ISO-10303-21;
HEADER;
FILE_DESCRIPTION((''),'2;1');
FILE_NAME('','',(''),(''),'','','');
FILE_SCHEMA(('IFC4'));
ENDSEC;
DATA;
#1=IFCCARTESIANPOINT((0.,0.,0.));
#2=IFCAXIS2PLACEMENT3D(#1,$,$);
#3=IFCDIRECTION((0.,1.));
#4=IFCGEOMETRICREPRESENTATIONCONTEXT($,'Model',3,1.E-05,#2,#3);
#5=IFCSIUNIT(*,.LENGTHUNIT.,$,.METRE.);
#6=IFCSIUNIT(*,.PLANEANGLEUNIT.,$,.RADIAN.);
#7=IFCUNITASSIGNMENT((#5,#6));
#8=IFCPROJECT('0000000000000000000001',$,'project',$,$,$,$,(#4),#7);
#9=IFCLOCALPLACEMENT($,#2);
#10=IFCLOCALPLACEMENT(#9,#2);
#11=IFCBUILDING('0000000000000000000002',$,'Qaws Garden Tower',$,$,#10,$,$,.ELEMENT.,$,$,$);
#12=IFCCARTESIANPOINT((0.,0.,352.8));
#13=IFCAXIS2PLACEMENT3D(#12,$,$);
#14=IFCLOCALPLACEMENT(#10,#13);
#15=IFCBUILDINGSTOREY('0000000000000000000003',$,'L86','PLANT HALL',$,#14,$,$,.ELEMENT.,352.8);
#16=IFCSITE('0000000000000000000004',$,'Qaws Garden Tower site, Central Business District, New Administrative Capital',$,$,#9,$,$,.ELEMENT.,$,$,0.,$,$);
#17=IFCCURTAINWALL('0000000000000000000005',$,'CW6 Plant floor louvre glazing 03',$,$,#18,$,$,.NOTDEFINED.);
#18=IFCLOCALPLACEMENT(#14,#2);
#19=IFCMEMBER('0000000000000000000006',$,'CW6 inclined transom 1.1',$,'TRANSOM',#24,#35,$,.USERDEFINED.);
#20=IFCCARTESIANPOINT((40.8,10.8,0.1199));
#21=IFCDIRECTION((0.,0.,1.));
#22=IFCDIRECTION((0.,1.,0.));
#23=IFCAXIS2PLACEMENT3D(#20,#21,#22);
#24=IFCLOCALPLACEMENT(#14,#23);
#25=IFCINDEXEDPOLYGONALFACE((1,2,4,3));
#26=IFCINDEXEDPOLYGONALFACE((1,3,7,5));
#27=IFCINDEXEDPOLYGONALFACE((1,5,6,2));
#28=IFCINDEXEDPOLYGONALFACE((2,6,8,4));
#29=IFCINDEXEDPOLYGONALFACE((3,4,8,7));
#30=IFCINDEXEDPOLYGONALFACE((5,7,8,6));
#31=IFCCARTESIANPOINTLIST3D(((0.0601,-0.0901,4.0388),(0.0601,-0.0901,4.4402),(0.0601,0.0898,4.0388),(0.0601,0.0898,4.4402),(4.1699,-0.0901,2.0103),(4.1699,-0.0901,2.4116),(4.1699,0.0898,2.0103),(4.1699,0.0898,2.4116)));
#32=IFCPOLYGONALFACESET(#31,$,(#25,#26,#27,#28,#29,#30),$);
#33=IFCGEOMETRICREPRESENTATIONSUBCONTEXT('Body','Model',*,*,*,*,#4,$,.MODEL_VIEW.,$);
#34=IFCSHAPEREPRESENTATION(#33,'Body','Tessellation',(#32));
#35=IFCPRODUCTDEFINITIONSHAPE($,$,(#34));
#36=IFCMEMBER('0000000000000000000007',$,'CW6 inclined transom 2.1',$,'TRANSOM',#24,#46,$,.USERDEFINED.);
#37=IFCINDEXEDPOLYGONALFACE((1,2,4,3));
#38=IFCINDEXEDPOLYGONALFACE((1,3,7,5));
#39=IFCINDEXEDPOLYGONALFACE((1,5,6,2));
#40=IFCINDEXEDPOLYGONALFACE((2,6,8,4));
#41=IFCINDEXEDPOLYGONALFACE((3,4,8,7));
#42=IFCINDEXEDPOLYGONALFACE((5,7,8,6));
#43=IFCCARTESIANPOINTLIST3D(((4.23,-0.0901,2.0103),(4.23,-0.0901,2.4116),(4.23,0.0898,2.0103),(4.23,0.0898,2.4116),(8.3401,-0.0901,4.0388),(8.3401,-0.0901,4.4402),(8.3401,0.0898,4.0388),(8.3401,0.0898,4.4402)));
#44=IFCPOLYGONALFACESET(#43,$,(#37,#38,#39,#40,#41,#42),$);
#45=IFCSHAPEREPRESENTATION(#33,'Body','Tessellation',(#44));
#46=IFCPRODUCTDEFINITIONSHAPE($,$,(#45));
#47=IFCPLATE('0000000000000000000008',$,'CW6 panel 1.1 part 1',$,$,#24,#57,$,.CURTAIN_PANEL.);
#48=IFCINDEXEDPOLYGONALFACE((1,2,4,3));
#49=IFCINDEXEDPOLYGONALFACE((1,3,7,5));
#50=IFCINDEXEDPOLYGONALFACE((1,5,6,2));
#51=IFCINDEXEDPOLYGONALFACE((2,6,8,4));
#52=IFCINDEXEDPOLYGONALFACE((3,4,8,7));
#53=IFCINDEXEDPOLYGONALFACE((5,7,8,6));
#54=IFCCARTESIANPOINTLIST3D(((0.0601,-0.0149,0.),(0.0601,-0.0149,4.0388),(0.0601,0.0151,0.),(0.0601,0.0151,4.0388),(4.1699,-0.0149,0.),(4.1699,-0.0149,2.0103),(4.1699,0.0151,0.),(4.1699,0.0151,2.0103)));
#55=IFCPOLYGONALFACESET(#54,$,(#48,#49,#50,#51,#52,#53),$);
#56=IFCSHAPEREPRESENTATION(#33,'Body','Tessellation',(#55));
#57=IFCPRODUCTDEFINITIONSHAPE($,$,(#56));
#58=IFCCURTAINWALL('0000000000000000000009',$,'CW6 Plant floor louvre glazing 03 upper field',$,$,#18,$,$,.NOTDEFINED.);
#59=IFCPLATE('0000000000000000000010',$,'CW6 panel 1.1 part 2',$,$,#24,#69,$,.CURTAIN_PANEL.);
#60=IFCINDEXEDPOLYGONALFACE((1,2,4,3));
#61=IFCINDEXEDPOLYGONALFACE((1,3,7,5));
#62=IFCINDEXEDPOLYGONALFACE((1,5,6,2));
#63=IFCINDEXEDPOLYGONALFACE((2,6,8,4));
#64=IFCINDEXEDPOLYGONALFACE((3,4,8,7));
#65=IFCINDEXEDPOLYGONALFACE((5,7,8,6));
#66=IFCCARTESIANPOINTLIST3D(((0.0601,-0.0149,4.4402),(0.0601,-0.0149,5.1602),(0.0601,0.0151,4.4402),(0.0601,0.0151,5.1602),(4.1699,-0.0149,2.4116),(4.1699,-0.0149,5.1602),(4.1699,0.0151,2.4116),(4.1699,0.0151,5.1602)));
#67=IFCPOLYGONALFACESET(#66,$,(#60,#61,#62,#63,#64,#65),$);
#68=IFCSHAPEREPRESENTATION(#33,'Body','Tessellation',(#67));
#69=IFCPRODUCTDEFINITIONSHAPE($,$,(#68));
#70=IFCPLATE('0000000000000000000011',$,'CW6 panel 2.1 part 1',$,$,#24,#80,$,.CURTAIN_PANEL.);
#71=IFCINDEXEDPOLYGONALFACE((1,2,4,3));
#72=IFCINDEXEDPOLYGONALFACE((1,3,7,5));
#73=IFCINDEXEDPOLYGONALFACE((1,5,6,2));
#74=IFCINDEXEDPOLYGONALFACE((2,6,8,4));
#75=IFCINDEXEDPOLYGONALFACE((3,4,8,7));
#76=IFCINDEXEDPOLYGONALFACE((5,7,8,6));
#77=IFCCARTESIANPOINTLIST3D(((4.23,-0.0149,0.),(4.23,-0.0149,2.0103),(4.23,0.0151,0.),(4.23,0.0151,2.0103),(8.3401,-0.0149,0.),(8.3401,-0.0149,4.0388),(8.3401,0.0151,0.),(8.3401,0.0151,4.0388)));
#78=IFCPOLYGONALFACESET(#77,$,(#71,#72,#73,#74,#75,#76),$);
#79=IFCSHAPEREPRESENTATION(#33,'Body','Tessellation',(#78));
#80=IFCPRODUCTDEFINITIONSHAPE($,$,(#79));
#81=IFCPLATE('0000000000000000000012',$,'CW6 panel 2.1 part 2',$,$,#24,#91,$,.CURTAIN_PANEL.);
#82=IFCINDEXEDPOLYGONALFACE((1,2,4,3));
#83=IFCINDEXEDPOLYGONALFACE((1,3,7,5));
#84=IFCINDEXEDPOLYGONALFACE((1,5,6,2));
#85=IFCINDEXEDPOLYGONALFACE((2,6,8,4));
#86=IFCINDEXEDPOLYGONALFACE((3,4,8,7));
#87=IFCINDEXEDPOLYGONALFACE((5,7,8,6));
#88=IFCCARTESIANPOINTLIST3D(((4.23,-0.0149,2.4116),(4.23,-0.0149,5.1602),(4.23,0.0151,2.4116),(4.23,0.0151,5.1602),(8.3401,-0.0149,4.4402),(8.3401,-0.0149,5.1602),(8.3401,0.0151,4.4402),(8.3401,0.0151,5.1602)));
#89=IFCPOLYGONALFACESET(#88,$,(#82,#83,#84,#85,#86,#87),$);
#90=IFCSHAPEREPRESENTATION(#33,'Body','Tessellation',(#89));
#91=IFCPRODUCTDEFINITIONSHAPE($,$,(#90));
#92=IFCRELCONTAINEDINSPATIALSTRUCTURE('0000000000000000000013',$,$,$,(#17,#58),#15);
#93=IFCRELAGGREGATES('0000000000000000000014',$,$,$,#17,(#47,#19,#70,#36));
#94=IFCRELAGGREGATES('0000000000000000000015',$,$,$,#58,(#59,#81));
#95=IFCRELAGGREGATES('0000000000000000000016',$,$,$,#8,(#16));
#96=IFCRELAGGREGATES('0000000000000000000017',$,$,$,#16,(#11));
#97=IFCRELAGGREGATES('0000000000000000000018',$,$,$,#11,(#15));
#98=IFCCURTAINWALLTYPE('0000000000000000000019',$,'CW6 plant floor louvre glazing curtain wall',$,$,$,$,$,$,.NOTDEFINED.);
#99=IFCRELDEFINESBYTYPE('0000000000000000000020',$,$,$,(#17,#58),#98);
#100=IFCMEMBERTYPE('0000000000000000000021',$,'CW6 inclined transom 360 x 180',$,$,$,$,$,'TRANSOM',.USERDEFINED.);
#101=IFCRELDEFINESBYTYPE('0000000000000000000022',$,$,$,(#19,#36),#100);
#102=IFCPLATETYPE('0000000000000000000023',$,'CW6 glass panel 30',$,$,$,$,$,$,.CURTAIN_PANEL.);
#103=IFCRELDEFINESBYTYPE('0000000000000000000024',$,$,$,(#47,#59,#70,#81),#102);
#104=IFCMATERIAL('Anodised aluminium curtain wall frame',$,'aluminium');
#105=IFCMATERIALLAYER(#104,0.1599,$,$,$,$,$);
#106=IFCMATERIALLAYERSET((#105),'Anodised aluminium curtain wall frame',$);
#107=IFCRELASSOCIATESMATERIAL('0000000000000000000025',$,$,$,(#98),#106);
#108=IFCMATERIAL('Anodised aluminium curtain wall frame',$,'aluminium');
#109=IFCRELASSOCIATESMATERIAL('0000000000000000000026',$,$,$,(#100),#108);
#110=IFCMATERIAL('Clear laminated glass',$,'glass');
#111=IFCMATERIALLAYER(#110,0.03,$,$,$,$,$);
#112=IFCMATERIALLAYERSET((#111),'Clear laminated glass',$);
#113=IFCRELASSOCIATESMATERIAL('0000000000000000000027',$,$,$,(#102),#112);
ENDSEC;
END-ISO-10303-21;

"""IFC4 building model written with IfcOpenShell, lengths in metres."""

from ifc_helpers import new_model, si_unit, direction, frame, origin, origin_2d, place, context, subcontext, project, spatial, polyline, rectangle, outline, extrude, material, layer, layer_set, material_profile, profile_set, type_object, element, aggregate, save


model = new_model("IFC4")

# Units and contexts
model_context = context("Model", 3, precision=1e-05, world=origin(), true_north=direction((0.0, 1.0)))
body_context = subcontext(model_context, "Body", "Model", "MODEL_VIEW")
ifc_project = project(units=[si_unit("LENGTHUNIT", "METRE"), si_unit("PLANEANGLEUNIT", "RADIAN")], contexts=[model_context])

# Site, building, storey
site_placement = place(None, origin())
site = spatial("IfcSite", under=ifc_project, at=site_placement, Name="Qaws Garden Tower site, Central Business District, New Administrative Capital", CompositionType="ELEMENT", RefElevation=0.0)
building_placement = place(site_placement, origin())
building = spatial("IfcBuilding", under=site, at=building_placement, Name="Qaws Garden Tower", CompositionType="ELEMENT")
storey_placement = place(building_placement, frame((0.0, 0.0, 352.8)))
storey = spatial("IfcBuildingStorey", under=building, at=storey_placement, Name="L86", Description="PLANT HALL", CompositionType="ELEMENT", Elevation=352.8)

# Curtain wall, members
ifc_material_1 = material(Name="Anodised aluminium curtain wall frame", Category="aluminium")
ifc_layer_1 = layer(ifc_material_1, 0.1599)
ifc_layer_set_1 = layer_set([ifc_layer_1], Name="Anodised aluminium curtain wall frame")
curtain_wall_type = type_object("IfcCurtainWallType", Name="CW6 plant floor louvre glazing curtain wall", PredefinedType="NOTDEFINED", material=ifc_layer_set_1)
placement_1 = place(storey_placement, origin())
curtain_wall_1 = element("IfcCurtainWall", 1, at=placement_1, inside=storey, type_object=curtain_wall_type, Name="CW6 Plant floor louvre glazing 03", PredefinedType="NOTDEFINED")
ifc_material_2 = material(Name="Anodised aluminium curtain wall frame", Category="aluminium")
ifc_material_profile_1 = material_profile(ifc_material_2, rectangle(XDim=0.1799, YDim=0.3601, at=origin_2d()), Name="AL 180x360")
ifc_profile_set_1 = profile_set([ifc_material_profile_1], Name="Anodised aluminium curtain wall frame")
member_type_1 = type_object("IfcMemberType", Name="CW6 inclined transom 360 x 180", ElementType="TRANSOM", PredefinedType="USERDEFINED", material=ifc_profile_set_1)
placement_2 = place(storey_placement, frame((40.8, 10.8, 0.1199), z_axis=(0.0, 0.0, 1.0), x_axis=(0.0, 1.0, 0.0)))
member_1 = element("IfcMember", 2, at=placement_2, type_object=member_type_1, Name="CW6 inclined transom 1.1", ObjectType="TRANSOM", PredefinedType="USERDEFINED", context=body_context, shape_type="SweptSolid", body=[
    extrude(outline(polyline([(0.0601, 4.0388), (4.1699, 2.0103), (4.1699, 2.4116), (0.0601, 4.4402), (0.0601, 4.0388)])), frame((0.0, 0.0898, 0.0), z_axis=(0.0, -1.0, 0.0), x_axis=(1.0, 0.0, 0.0)), (0.0, 0.0, 1.0), 0.1799),
])
member_2 = element("IfcMember", 3, at=placement_2, type_object=member_type_1, Name="CW6 inclined transom 2.1", ObjectType="TRANSOM", PredefinedType="USERDEFINED", context=body_context, shape_type="SweptSolid", body=[
    extrude(outline(polyline([(4.23, 2.0103), (8.3401, 4.0388), (8.3401, 4.4402), (4.23, 2.4116), (4.23, 2.0103)])), frame((0.0, 0.0898, 0.0), z_axis=(0.0, -1.0, 0.0), x_axis=(1.0, 0.0, 0.0)), (0.0, 0.0, 1.0), 0.1799),
])

# Plate
ifc_material_3 = material(Name="Clear laminated glass", Category="glass")
ifc_layer_2 = layer(ifc_material_3, 0.03)
ifc_layer_set_2 = layer_set([ifc_layer_2], Name="Clear laminated glass")
plate_type = type_object("IfcPlateType", Name="CW6 glass panel 30", PredefinedType="CURTAIN_PANEL", material=ifc_layer_set_2)
plate_1 = element("IfcPlate", 4, at=placement_2, type_object=plate_type, Name="CW6 panel 1.1 part 1", PredefinedType="CURTAIN_PANEL", context=body_context, shape_type="SweptSolid", body=[
    extrude(outline(polyline([(4.1699, 0.0), (4.1699, 2.0103), (0.0601, 4.0388), (0.0601, 0.0), (4.1699, 0.0)])), frame((0.0, 0.0151, 0.0), z_axis=(0.0, -1.0, 0.0), x_axis=(1.0, 0.0, 0.0)), (0.0, 0.0, 1.0), 0.03),
])

# Curtain wall, plate
curtain_wall_2 = element("IfcCurtainWall", 5, at=placement_1, inside=storey, type_object=curtain_wall_type, Name="CW6 Plant floor louvre glazing 03 upper field", PredefinedType="NOTDEFINED")
plate_2 = element("IfcPlate", 6, at=placement_2, type_object=plate_type, Name="CW6 panel 1.1 part 2", PredefinedType="CURTAIN_PANEL", context=body_context, shape_type="SweptSolid", body=[
    extrude(outline(polyline([(0.0601, 5.1602), (0.0601, 4.4402), (4.1699, 2.4116), (4.1699, 5.1602), (0.0601, 5.1602)])), frame((0.0, 0.0151, 0.0), z_axis=(0.0, -1.0, 0.0), x_axis=(1.0, 0.0, 0.0)), (0.0, 0.0, 1.0), 0.03),
])

# Plates
plate_3 = element("IfcPlate", 7, at=placement_2, type_object=plate_type, Name="CW6 panel 2.1 part 1", PredefinedType="CURTAIN_PANEL", context=body_context, shape_type="SweptSolid", body=[
    extrude(outline(polyline([(8.3401, 0.0), (8.3401, 4.0388), (4.23, 2.0103), (4.23, 0.0), (8.3401, 0.0)])), frame((0.0, 0.0151, 0.0), z_axis=(0.0, -1.0, 0.0), x_axis=(1.0, 0.0, 0.0)), (0.0, 0.0, 1.0), 0.03),
])
aggregate(curtain_wall_1, [plate_1, member_1, plate_3, member_2])
plate_4 = element("IfcPlate", 8, at=placement_2, type_object=plate_type, Name="CW6 panel 2.1 part 2", PredefinedType="CURTAIN_PANEL", context=body_context, shape_type="SweptSolid", body=[
    extrude(outline(polyline([(4.23, 5.1602), (4.23, 2.4116), (8.3401, 4.4402), (8.3401, 5.1602), (4.23, 5.1602)])), frame((0.0, 0.0151, 0.0), z_axis=(0.0, -1.0, 0.0), x_axis=(1.0, 0.0, 0.0)), (0.0, 0.0, 1.0), 0.03),
])
aggregate(curtain_wall_2, [plate_2, plate_4])

save(model, "model.ifc")
